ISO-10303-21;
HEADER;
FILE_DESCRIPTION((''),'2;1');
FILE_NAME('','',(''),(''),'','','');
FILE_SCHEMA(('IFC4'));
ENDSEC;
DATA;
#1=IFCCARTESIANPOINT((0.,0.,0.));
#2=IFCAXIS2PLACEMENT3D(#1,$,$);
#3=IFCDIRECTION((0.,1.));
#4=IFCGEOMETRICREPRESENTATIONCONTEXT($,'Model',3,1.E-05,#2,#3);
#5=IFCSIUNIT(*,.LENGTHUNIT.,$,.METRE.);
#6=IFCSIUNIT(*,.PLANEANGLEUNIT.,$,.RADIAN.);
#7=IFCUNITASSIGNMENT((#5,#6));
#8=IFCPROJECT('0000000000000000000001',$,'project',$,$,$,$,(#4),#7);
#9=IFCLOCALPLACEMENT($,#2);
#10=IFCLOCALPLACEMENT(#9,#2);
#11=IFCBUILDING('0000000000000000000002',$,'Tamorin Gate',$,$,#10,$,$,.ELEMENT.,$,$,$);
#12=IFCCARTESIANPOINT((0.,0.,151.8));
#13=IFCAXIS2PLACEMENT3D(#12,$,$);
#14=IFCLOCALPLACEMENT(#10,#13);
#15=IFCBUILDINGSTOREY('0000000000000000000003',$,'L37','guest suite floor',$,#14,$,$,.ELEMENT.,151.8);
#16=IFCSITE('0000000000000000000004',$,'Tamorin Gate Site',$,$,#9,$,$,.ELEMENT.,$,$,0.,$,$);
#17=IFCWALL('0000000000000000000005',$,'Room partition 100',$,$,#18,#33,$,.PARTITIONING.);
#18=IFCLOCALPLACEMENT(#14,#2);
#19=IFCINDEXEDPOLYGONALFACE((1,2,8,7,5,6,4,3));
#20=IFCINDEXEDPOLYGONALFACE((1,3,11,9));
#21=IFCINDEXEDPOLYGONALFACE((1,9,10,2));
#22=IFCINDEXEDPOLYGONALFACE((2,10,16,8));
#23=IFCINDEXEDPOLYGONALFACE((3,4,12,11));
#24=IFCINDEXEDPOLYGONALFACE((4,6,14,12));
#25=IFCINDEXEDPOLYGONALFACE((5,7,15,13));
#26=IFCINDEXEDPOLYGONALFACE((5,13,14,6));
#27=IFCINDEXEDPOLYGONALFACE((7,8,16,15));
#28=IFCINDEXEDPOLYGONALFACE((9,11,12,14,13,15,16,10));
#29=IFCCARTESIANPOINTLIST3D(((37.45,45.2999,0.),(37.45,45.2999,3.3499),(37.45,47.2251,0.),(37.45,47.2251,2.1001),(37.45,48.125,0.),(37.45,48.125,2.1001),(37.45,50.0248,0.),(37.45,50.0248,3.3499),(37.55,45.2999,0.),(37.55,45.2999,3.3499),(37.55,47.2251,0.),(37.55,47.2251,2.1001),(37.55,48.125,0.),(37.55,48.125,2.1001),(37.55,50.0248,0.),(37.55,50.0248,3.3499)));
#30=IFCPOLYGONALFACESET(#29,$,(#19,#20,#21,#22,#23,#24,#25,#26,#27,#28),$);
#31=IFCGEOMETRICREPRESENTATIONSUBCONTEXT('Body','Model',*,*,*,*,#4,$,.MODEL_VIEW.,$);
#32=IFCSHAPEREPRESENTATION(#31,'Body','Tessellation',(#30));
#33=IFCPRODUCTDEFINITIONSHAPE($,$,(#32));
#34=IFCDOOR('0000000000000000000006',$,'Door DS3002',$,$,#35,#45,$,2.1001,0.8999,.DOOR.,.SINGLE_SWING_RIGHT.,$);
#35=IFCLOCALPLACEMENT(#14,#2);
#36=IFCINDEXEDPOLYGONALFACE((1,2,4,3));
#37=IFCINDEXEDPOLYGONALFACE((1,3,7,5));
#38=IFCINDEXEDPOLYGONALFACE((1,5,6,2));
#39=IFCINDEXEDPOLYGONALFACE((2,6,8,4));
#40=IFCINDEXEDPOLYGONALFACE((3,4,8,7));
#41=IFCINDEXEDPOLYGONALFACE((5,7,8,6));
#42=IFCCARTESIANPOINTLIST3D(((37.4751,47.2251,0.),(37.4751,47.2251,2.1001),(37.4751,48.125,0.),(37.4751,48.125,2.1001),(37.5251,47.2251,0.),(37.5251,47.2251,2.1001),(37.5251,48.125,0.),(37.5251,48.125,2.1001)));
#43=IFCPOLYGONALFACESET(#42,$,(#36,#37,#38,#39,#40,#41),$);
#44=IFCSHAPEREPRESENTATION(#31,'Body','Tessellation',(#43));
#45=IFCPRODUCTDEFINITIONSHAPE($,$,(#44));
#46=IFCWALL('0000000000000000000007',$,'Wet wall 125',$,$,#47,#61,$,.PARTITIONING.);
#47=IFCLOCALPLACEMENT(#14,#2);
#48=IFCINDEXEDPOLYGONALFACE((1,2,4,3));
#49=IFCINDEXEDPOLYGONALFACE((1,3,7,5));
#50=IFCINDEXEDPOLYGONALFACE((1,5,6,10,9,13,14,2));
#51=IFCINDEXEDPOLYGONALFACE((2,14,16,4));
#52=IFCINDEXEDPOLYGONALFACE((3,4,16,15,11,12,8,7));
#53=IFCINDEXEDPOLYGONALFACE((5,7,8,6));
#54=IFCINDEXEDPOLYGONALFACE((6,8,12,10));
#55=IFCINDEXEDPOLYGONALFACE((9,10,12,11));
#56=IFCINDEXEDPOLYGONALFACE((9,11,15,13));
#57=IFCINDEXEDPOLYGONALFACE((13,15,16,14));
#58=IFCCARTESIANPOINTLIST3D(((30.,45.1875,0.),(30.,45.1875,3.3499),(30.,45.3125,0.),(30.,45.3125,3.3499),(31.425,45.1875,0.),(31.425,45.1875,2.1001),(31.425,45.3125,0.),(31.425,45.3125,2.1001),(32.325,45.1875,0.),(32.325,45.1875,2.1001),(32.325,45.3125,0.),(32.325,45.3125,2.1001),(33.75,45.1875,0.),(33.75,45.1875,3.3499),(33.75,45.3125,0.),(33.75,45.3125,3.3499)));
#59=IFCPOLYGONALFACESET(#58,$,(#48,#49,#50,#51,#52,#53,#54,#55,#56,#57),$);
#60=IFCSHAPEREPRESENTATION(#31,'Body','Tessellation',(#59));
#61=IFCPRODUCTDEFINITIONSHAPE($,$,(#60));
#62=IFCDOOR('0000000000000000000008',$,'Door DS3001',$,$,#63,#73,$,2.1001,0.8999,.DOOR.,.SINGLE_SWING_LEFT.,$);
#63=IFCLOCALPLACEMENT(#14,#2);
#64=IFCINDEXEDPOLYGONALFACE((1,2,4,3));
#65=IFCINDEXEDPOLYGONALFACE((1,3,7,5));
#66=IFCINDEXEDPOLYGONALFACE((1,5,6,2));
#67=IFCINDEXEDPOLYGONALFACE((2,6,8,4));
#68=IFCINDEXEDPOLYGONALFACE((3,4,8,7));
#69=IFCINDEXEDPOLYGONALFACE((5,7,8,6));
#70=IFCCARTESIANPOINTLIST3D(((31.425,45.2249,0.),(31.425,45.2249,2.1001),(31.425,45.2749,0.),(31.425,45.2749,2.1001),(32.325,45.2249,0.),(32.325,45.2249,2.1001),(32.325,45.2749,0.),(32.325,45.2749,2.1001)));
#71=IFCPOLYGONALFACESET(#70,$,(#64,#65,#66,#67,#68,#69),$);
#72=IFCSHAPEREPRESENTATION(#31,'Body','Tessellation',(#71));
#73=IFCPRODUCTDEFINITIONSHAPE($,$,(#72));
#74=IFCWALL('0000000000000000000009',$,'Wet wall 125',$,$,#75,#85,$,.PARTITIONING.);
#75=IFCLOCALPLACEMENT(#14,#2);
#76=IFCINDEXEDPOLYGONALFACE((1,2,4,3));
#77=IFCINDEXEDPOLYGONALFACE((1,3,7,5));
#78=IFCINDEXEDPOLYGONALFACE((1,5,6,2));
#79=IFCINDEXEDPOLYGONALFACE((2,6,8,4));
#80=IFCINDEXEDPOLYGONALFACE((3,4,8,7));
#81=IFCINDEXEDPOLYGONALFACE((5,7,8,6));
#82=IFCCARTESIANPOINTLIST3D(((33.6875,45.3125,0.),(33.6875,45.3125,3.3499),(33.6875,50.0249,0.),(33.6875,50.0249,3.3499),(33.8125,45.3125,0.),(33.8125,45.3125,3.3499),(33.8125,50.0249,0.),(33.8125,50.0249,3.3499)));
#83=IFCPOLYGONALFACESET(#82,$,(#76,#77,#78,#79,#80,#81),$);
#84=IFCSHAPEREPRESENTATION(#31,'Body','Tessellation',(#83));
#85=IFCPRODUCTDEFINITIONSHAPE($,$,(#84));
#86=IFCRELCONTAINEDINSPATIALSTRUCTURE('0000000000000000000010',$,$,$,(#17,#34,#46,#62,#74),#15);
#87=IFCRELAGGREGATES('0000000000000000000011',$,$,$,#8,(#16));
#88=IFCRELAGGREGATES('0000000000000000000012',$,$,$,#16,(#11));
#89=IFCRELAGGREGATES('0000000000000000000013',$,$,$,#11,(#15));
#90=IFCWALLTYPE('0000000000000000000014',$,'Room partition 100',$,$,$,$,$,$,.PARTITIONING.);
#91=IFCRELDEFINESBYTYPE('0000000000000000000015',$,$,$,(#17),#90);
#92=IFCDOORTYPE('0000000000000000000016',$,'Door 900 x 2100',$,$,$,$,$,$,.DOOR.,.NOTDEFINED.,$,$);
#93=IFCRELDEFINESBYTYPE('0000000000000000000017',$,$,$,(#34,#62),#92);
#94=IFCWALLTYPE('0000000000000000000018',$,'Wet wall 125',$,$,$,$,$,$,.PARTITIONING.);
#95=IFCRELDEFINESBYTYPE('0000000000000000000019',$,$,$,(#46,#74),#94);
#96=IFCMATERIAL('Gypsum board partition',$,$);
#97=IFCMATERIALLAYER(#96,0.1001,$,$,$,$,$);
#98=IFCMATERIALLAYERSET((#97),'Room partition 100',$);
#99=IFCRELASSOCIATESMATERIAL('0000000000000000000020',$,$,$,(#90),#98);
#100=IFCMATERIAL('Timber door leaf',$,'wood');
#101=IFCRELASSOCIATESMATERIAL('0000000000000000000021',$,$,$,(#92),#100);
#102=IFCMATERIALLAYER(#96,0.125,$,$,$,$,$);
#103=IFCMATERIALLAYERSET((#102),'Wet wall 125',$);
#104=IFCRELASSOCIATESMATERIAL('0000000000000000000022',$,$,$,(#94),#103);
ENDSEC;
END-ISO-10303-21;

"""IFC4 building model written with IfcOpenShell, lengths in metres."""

from ifc_helpers import new_model, si_unit, direction, frame, frame_2d, origin, place, context, subcontext, project, spatial, rectangle, extrude, material, layer, layer_set, type_object, element, fill, save


model = new_model("IFC4")

# Units and contexts
model_context = context("Model", 3, precision=1e-05, world=origin(), true_north=direction((0.0, 1.0)))
body_context = subcontext(model_context, "Body", "Model", "MODEL_VIEW")
ifc_project = project(units=[si_unit("LENGTHUNIT", "METRE"), si_unit("PLANEANGLEUNIT", "RADIAN")], contexts=[model_context])

# Site, building, storey
site_placement = place(None, origin())
site = spatial("IfcSite", under=ifc_project, at=site_placement, Name="Tamorin Gate Site", CompositionType="ELEMENT", RefElevation=0.0)
building_placement = place(site_placement, origin())
building = spatial("IfcBuilding", under=site, at=building_placement, Name="Tamorin Gate", CompositionType="ELEMENT")
storey_placement = place(building_placement, frame((0.0, 0.0, 151.8)))
storey = spatial("IfcBuildingStorey", under=building, at=storey_placement, Name="L37", Description="guest suite floor", CompositionType="ELEMENT", Elevation=151.8)

# Shared definitions
ifc_material_1 = material(Name="Gypsum board partition")
ifc_material_2 = material(Name="Timber door leaf", Category="wood")

# Shared definitions
ifc_layer_1 = layer(ifc_material_1, 0.1001)
ifc_layer_set_1 = layer_set([ifc_layer_1], Name="Room partition 100")
wall_type_1 = type_object("IfcWallType", Name="Room partition 100", PredefinedType="PARTITIONING", material=ifc_layer_set_1)
door_type_1 = type_object("IfcDoorType", Name="Door 900 x 2100", OperationType="NOTDEFINED", PredefinedType="DOOR", material=ifc_material_2)

# Walls, openings, doors
wall_1_placement = place(storey_placement, frame((37.5, 45.3, 0.0), z_axis=(0.0, 0.0, 1.0), x_axis=(0.0, 1.0, 0.0)))
wall_1 = element("IfcWall", 1, at=wall_1_placement, inside=storey, type_object=wall_type_1, Name="Room partition 100", PredefinedType="PARTITIONING", context=body_context, shape_type="SweptSolid", body=[
    extrude(rectangle(XDim=4.7249, YDim=0.1001, at=frame_2d((2.3623, 0.0))), origin(), (0.0, 0.0, 1.0), 3.3499),
])
opening_1_placement = place(wall_1_placement, frame((1.925, 0.0, 0.0)))
opening_1 = element("IfcOpeningElement", 2, at=opening_1_placement, cuts=wall_1, PredefinedType="OPENING", context=body_context, shape_type="SweptSolid", body=[
    extrude(rectangle(XDim=0.8999, YDim=2.1001, at=frame_2d((0.45, 1.05))), frame((0.0, 0.0601, 0.0), z_axis=(0.0, -1.0, 0.0), x_axis=(1.0, 0.0, 0.0)), (0.0, 0.0, 1.0), 0.1201),
])
door_1_placement = place(opening_1_placement, origin())
door_1 = element("IfcDoor", 3, at=door_1_placement, inside=storey, type_object=door_type_1, Name="Door DS3002", OperationType="SINGLE_SWING_RIGHT", OverallHeight=2.1001, OverallWidth=0.8999, PredefinedType="DOOR", context=body_context, shape_type="SweptSolid", body=[
    extrude(rectangle(XDim=0.8999, YDim=2.1001, at=frame_2d((0.45, 1.05))), frame((0.0, 0.0249, 0.0), z_axis=(0.0, -1.0, 0.0), x_axis=(1.0, 0.0, 0.0)), (0.0, 0.0, 1.0), 0.05),
])
fill(opening_1, door_1)
ifc_layer_2 = layer(ifc_material_1, 0.125)
ifc_layer_set_2 = layer_set([ifc_layer_2], Name="Wet wall 125")
wall_type_2 = type_object("IfcWallType", Name="Wet wall 125", PredefinedType="PARTITIONING", material=ifc_layer_set_2)
wall_2_placement = place(storey_placement, frame((30.0, 45.25, 0.0), z_axis=(0.0, 0.0, 1.0), x_axis=(1.0, 0.0, 0.0)))
wall_2 = element("IfcWall", 4, at=wall_2_placement, inside=storey, type_object=wall_type_2, Name="Wet wall 125", PredefinedType="PARTITIONING", context=body_context, shape_type="SweptSolid", body=[
    extrude(rectangle(XDim=3.75, YDim=0.125, at=frame_2d((1.875, 0.0))), origin(), (0.0, 0.0, 1.0), 3.3499),
])
opening_2_placement = place(wall_2_placement, frame((1.425, 0.0, 0.0)))
opening_2 = element("IfcOpeningElement", 5, at=opening_2_placement, cuts=wall_2, PredefinedType="OPENING", context=body_context, shape_type="SweptSolid", body=[
    extrude(rectangle(XDim=0.8999, YDim=2.1001, at=frame_2d((0.45, 1.05))), frame((0.0, 0.0725, 0.0), z_axis=(0.0, -1.0, 0.0), x_axis=(1.0, 0.0, 0.0)), (0.0, 0.0, 1.0), 0.145),
])
door_2_placement = place(opening_2_placement, origin())
door_2 = element("IfcDoor", 6, at=door_2_placement, inside=storey, type_object=door_type_1, Name="Door DS3001", OperationType="SINGLE_SWING_LEFT", OverallHeight=2.1001, OverallWidth=0.8999, PredefinedType="DOOR", context=body_context, shape_type="SweptSolid", body=[
    extrude(rectangle(XDim=0.8999, YDim=2.1001, at=frame_2d((0.45, 1.05))), frame((0.0, 0.0249, 0.0), z_axis=(0.0, -1.0, 0.0), x_axis=(1.0, 0.0, 0.0)), (0.0, 0.0, 1.0), 0.05),
])
fill(opening_2, door_2)

# Wall
wall_3_placement = place(storey_placement, frame((33.75, 45.3125, 0.0), z_axis=(0.0, 0.0, 1.0), x_axis=(0.0, 1.0, 0.0)))
element("IfcWall", 7, at=wall_3_placement, inside=storey, type_object=wall_type_2, Name="Wet wall 125", PredefinedType="PARTITIONING", context=body_context, shape_type="SweptSolid", body=[
    extrude(rectangle(XDim=4.7124, YDim=0.125, at=frame_2d((2.3562, 0.0))), origin(), (0.0, 0.0, 1.0), 3.3499),
])

save(model, "model.ifc")
